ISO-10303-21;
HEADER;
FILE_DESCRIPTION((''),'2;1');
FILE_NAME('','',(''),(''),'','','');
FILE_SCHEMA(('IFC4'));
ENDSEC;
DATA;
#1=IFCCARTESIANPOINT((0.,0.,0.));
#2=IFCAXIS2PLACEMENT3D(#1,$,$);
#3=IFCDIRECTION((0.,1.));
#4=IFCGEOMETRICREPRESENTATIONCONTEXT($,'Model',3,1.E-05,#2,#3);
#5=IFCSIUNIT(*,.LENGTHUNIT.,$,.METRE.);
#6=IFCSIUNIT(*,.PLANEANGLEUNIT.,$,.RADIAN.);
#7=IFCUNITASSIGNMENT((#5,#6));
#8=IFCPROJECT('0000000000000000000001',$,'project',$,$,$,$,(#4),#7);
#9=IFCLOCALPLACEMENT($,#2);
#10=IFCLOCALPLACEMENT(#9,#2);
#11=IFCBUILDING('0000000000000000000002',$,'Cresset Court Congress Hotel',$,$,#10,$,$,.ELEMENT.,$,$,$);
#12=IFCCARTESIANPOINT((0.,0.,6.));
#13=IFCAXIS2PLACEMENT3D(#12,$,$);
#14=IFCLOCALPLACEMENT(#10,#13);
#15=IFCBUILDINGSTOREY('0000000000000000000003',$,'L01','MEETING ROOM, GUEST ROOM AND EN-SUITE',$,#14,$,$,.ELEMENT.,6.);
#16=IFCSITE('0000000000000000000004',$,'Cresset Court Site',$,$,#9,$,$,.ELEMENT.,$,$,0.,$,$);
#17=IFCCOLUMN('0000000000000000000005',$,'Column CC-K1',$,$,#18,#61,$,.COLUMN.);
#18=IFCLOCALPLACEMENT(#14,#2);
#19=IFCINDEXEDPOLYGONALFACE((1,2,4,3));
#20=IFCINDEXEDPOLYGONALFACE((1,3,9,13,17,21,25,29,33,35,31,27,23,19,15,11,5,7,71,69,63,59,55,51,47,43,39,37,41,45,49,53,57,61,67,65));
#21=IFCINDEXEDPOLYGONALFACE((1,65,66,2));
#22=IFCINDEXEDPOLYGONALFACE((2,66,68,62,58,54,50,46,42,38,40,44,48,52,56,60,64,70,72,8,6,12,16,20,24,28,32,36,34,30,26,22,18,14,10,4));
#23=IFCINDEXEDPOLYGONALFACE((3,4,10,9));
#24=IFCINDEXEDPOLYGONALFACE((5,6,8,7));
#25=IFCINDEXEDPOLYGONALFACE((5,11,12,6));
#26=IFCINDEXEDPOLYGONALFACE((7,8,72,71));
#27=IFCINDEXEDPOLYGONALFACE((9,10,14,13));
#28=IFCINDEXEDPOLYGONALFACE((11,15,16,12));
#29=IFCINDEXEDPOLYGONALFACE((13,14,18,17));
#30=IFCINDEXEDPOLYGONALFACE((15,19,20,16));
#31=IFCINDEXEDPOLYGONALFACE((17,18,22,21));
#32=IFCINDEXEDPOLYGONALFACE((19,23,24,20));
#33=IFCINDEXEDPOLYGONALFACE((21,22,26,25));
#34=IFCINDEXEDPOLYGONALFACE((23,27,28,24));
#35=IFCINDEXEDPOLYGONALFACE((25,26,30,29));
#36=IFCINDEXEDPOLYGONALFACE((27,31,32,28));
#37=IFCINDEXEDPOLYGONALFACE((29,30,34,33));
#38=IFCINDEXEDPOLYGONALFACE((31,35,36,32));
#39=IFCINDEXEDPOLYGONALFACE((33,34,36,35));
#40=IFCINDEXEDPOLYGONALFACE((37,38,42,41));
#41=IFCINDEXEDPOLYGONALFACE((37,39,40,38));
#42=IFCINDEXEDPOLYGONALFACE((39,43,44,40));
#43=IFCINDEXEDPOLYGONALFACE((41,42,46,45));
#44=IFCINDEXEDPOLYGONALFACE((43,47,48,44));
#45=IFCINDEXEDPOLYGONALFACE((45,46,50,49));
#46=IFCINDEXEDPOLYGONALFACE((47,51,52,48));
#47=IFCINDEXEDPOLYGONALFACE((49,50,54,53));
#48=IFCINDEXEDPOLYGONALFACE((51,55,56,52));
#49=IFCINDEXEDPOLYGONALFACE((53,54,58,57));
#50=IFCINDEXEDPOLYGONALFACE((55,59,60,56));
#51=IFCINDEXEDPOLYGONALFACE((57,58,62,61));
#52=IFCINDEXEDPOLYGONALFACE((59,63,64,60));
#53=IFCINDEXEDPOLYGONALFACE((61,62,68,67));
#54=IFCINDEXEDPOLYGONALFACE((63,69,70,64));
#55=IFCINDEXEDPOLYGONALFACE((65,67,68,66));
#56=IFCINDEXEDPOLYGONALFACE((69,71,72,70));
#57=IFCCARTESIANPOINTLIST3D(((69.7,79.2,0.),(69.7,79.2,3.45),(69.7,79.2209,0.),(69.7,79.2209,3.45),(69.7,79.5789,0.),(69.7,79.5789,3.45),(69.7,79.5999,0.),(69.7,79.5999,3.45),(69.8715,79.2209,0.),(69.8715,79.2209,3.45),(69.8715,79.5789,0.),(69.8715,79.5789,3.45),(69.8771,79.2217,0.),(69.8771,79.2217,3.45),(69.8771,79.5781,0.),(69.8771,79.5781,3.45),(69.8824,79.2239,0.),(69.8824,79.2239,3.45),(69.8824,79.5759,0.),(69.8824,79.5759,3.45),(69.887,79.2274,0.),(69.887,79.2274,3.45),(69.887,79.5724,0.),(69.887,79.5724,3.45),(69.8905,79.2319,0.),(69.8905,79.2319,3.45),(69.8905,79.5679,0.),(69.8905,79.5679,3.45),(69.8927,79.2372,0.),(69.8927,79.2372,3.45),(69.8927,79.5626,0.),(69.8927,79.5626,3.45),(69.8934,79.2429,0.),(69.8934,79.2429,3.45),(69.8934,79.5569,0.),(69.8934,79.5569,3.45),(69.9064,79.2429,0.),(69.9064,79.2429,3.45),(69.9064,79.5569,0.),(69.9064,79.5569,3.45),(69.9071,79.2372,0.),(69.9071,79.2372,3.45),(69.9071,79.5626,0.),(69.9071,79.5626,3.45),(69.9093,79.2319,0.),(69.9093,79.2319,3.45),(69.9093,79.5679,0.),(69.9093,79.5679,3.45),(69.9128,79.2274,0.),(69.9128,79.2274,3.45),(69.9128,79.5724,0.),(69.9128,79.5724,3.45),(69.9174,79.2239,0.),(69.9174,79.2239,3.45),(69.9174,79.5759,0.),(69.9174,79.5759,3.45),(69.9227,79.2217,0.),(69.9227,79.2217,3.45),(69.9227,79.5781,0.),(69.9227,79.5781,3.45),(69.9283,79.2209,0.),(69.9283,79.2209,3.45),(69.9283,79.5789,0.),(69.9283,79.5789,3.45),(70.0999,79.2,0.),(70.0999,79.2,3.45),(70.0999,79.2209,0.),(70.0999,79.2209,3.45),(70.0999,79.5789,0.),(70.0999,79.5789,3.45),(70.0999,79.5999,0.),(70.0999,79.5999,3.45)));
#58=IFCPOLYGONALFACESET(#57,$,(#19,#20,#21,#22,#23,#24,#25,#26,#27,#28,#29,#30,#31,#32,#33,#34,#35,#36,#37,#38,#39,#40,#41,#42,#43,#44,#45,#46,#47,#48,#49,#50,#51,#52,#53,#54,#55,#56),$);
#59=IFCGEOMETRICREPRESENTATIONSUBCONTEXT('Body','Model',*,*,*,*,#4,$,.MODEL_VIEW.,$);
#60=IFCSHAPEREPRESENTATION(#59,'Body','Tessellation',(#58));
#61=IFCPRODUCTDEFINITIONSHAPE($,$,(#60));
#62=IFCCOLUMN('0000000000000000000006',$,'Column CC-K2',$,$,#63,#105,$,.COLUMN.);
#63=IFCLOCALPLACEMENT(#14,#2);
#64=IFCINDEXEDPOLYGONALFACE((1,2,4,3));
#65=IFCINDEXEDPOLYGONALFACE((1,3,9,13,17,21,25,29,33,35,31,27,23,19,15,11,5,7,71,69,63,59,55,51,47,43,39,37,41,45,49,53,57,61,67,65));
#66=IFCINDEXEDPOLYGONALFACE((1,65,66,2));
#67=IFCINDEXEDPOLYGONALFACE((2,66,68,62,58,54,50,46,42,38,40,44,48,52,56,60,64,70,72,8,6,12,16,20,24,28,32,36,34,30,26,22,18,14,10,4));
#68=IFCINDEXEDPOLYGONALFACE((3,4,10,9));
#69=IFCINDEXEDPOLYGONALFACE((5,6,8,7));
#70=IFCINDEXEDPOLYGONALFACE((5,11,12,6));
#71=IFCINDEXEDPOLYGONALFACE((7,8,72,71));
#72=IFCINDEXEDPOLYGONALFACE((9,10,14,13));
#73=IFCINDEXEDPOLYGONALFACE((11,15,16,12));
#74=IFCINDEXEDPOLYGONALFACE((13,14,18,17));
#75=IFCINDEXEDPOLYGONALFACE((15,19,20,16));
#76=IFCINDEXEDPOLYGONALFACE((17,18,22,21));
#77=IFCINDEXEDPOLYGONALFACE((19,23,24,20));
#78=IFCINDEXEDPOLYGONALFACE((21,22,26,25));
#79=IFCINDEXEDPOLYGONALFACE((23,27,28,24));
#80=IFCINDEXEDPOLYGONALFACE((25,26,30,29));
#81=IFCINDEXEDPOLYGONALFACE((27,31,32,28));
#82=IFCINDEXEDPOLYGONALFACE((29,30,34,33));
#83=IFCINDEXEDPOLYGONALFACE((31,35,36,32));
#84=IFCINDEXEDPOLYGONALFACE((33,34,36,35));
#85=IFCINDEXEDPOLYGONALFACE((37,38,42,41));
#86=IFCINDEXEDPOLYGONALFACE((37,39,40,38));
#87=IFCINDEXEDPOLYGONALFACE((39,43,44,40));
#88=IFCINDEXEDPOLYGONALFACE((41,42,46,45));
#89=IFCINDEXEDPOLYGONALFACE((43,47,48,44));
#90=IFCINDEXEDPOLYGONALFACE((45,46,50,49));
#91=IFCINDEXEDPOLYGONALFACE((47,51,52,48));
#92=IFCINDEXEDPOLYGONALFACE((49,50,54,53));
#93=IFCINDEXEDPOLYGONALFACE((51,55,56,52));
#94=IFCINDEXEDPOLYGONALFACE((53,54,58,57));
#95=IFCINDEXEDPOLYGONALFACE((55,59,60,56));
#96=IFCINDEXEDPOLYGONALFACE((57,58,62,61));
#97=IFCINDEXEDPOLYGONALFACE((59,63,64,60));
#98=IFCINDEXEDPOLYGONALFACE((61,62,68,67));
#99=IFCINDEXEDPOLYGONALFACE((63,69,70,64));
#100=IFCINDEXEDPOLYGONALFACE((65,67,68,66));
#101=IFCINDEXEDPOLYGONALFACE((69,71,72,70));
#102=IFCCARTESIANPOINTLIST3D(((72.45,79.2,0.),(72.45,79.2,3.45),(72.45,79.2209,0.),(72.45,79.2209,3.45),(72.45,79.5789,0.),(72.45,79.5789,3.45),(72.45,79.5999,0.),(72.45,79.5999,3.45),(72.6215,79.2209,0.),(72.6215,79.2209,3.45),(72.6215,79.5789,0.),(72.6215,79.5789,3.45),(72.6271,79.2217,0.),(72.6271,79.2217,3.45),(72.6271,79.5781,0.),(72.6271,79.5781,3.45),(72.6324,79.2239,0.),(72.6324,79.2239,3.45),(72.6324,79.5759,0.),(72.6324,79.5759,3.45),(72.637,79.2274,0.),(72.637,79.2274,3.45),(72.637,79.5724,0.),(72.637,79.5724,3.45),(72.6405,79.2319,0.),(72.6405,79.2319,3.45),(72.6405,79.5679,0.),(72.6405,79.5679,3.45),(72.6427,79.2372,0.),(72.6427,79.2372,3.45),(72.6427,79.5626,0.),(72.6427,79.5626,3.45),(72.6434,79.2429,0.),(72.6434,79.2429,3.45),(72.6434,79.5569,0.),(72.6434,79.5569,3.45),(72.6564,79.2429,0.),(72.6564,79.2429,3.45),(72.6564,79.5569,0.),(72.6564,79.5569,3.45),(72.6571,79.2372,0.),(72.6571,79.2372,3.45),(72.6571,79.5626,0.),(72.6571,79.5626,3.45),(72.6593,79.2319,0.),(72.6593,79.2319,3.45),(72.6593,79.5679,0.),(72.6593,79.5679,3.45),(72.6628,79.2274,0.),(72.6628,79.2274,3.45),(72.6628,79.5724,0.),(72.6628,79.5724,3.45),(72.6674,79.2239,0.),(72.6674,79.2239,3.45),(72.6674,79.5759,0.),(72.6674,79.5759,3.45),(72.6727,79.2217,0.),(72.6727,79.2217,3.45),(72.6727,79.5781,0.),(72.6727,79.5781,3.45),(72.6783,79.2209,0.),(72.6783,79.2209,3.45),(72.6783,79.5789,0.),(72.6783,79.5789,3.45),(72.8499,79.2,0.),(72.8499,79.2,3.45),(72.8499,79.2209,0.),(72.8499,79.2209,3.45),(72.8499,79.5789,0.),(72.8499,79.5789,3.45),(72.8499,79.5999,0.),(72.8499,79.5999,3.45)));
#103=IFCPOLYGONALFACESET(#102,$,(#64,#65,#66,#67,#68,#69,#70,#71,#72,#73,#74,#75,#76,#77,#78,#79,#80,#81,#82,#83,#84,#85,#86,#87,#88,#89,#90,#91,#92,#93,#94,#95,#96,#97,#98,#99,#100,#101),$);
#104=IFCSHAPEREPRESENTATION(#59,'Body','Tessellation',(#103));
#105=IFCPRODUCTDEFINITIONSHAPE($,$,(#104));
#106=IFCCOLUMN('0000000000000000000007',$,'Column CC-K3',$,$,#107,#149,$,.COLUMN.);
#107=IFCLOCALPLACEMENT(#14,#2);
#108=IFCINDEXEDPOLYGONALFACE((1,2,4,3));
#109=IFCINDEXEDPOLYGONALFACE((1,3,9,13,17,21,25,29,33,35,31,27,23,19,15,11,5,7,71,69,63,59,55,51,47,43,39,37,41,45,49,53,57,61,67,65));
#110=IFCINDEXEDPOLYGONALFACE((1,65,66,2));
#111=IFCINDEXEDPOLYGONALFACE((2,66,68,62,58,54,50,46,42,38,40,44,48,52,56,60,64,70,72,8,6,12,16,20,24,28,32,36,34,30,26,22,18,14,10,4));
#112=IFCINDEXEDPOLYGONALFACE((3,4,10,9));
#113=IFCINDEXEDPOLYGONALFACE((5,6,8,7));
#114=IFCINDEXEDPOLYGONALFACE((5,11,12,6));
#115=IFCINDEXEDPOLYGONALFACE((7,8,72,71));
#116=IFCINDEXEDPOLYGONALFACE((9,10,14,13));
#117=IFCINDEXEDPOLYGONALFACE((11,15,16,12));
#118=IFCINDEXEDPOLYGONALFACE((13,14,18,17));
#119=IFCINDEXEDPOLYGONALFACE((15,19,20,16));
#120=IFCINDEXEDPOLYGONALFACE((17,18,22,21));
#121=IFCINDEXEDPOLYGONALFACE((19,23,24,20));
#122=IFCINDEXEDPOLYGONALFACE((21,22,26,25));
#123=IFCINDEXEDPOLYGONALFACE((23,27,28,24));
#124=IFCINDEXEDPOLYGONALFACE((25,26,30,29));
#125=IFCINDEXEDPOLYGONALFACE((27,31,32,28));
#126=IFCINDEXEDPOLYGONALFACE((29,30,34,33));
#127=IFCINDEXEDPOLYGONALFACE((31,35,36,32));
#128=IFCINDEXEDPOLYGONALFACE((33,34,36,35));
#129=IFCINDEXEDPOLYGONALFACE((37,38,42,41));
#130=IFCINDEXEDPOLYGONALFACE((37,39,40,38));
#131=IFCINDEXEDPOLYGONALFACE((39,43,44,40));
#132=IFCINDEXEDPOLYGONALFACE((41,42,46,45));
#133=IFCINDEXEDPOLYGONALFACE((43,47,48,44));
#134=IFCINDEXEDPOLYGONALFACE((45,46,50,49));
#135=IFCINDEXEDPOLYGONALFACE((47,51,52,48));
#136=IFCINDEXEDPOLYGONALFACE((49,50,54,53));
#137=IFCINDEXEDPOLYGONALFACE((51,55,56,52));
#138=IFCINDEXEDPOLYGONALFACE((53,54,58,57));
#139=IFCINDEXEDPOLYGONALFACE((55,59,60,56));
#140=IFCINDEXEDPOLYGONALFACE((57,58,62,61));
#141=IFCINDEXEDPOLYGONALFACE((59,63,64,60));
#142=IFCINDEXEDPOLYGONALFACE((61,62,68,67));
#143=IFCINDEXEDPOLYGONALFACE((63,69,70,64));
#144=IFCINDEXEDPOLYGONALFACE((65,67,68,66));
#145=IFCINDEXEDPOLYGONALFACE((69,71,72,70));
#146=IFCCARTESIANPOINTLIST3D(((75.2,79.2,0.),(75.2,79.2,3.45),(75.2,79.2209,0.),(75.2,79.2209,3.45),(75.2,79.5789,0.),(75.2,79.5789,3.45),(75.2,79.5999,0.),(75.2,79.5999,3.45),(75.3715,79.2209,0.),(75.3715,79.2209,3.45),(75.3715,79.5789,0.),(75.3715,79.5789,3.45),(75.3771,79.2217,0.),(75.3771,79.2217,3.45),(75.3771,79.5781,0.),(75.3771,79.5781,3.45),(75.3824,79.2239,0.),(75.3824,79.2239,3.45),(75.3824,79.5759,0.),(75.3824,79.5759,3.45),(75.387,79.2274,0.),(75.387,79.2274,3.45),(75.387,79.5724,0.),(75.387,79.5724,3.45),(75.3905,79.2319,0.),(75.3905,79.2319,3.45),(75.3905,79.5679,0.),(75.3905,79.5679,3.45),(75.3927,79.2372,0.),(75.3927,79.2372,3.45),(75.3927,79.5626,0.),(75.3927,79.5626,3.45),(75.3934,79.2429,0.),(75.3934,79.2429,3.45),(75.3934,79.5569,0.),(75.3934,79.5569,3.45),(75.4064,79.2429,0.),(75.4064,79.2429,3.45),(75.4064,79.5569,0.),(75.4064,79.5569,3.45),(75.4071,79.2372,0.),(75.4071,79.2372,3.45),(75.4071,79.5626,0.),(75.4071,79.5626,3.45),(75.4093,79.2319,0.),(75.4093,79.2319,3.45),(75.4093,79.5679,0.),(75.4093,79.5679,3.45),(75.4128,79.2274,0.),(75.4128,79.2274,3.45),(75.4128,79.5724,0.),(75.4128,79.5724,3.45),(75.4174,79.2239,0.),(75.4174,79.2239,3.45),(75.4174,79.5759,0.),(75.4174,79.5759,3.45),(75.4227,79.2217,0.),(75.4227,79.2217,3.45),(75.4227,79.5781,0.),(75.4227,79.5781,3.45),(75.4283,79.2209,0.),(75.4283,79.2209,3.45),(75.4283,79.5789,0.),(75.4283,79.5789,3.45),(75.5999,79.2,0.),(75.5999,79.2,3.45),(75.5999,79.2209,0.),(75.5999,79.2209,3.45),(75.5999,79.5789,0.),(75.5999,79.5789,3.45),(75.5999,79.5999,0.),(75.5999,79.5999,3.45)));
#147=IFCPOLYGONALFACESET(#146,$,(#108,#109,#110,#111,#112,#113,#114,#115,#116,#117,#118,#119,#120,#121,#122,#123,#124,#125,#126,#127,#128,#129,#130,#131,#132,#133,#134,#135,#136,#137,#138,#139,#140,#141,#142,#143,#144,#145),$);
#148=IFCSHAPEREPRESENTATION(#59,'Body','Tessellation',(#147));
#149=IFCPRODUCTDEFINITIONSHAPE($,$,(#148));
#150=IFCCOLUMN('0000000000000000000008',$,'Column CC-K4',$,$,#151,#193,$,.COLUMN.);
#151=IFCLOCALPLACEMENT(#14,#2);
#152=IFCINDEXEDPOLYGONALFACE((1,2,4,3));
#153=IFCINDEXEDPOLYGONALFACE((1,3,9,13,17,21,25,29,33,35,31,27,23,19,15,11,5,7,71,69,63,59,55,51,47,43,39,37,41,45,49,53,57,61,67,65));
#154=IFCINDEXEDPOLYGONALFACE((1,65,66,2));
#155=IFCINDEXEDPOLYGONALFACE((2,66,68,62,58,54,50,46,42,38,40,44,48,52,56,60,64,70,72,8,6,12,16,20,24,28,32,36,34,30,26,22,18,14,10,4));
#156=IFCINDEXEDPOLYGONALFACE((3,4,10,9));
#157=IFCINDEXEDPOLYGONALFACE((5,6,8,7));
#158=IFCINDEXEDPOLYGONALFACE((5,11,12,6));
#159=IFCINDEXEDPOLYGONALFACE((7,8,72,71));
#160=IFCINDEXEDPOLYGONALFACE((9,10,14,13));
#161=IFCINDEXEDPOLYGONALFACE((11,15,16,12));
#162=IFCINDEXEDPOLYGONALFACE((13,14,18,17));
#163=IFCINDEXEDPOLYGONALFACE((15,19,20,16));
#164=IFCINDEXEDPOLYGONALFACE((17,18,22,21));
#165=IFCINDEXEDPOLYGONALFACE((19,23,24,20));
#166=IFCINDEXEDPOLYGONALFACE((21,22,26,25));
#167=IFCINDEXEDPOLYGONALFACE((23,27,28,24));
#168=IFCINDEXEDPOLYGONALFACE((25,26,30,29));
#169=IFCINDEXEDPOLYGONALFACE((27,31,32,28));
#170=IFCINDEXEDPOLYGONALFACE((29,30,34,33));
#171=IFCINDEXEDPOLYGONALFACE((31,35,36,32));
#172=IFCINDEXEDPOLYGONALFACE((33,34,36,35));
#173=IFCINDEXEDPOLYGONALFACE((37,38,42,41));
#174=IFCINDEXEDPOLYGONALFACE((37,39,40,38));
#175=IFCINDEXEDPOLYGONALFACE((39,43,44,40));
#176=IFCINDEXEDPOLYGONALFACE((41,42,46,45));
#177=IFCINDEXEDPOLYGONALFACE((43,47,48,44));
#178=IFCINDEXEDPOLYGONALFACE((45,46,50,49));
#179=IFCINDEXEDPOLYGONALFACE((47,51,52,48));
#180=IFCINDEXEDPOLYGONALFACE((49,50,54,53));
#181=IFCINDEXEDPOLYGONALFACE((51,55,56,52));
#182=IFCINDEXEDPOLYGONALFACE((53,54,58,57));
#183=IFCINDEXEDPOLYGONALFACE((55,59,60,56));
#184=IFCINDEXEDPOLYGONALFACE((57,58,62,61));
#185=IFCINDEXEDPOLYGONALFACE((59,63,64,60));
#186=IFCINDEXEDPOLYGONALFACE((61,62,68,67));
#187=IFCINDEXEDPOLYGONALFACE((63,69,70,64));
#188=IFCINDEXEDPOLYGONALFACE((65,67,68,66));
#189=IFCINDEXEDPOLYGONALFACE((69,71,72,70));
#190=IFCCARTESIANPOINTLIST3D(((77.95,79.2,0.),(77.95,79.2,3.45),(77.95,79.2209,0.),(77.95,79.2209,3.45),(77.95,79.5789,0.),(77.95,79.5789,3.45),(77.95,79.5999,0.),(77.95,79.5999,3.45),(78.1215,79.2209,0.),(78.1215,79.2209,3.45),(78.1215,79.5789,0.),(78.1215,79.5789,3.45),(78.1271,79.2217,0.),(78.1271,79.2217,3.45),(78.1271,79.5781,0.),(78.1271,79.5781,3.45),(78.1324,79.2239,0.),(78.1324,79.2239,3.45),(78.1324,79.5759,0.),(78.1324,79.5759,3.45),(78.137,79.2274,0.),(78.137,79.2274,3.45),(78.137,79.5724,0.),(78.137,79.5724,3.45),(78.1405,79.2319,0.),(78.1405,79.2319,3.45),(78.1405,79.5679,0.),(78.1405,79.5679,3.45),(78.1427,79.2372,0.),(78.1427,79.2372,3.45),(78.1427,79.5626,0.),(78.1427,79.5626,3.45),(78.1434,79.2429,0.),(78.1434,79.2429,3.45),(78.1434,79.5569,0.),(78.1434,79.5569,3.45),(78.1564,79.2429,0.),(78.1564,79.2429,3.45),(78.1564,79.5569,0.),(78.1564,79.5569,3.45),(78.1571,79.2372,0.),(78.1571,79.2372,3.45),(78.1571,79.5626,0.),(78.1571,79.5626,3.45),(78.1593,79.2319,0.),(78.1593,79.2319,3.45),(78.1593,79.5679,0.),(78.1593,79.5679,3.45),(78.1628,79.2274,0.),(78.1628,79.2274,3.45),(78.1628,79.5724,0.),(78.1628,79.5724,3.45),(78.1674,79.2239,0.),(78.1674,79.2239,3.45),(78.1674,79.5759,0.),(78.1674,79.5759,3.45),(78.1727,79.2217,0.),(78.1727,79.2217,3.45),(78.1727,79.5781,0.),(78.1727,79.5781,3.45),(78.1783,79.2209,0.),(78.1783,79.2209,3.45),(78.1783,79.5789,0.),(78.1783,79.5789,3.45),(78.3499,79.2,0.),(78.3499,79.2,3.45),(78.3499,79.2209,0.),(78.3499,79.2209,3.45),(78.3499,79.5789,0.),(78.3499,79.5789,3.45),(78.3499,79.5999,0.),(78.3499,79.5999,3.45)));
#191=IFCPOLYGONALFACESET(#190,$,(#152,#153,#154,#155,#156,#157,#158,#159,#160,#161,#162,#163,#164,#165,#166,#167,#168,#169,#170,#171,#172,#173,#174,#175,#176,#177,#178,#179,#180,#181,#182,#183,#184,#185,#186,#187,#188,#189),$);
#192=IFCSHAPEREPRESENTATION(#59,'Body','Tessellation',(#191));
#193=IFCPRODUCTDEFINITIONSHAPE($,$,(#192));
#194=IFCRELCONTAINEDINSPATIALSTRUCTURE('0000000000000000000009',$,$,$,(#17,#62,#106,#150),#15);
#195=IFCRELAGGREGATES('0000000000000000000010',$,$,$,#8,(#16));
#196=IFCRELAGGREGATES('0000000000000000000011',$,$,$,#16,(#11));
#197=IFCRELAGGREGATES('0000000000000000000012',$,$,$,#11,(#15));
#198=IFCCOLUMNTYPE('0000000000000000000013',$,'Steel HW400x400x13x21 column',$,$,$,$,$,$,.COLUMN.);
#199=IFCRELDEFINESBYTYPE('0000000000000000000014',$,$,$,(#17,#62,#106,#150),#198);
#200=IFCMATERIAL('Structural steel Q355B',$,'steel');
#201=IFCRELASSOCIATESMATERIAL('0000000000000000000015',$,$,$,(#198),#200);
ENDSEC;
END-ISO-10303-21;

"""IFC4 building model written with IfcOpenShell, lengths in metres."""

from ifc_helpers import new_model, si_unit, direction, frame, origin, origin_2d, place, context, subcontext, project, spatial, i_section, extrude, material, material_profile, profile_set, type_object, element, save


model = new_model("IFC4")

# Units and contexts
model_context = context("Model", 3, precision=1e-05, world=origin(), true_north=direction((0.0, 1.0)))
body_context = subcontext(model_context, "Body", "Model", "MODEL_VIEW")
ifc_project = project(units=[si_unit("LENGTHUNIT", "METRE"), si_unit("PLANEANGLEUNIT", "RADIAN")], contexts=[model_context])

# Site, building, storey
site_placement = place(None, origin())
site = spatial("IfcSite", under=ifc_project, at=site_placement, Name="Cresset Court Site", CompositionType="ELEMENT", RefElevation=0.0)
building_placement = place(site_placement, origin())
building = spatial("IfcBuilding", under=site, at=building_placement, Name="Cresset Court Congress Hotel", CompositionType="ELEMENT")
storey_placement = place(building_placement, frame((0.0, 0.0, 6.0)))
storey = spatial("IfcBuildingStorey", under=building, at=storey_placement, Name="L01", Description="MEETING ROOM, GUEST ROOM AND EN-SUITE", CompositionType="ELEMENT", Elevation=6.0)

# Columns
ifc_material_1 = material(Name="Structural steel Q355B", Category="steel")
ifc_material_profile_1 = material_profile(ifc_material_1, i_section(OverallWidth=0.3999, OverallDepth=0.3999, WebThickness=0.0129, FlangeThickness=0.021, FilletRadius=0.022, at=origin_2d()), Name="HW400x400x13x21")
ifc_profile_set_1 = profile_set([ifc_material_profile_1], Name="Structural steel Q355B")
column_type_1 = type_object("IfcColumnType", Name="Steel HW400x400x13x21 column", PredefinedType="COLUMN", material=ifc_profile_set_1)
for number, where, z_axis, x_axis, name in (
    (1, (69.8999, 79.3999, 0.0), (0.0, 0.0, 1.0), (1.0, 0.0, 0.0), "Column CC-K1"),
    (2, (72.6499, 79.3999, 0.0), (0.0, 0.0, 1.0), (1.0, 0.0, 0.0), "Column CC-K2"),
    (3, (75.3999, 79.3999, 0.0), (0.0, 0.0, 1.0), (1.0, 0.0, 0.0), "Column CC-K3"),
    (4, (78.1499, 79.3999, 0.0), (0.0, 0.0, 1.0), (1.0, 0.0, 0.0), "Column CC-K4"),
):
    element("IfcColumn", number, at=place(storey_placement, frame(where, z_axis=z_axis, x_axis=x_axis)), inside=storey, type_object=column_type_1, Name=name, PredefinedType="COLUMN", context=body_context, shape_type="SweptSolid", body=[
        extrude(i_section(OverallWidth=0.3999, OverallDepth=0.3999, WebThickness=0.0129, FlangeThickness=0.021, FilletRadius=0.022, at=origin_2d()), origin(), (0.0, 0.0, 1.0), 3.45),
    ])

save(model, "model.ifc")
